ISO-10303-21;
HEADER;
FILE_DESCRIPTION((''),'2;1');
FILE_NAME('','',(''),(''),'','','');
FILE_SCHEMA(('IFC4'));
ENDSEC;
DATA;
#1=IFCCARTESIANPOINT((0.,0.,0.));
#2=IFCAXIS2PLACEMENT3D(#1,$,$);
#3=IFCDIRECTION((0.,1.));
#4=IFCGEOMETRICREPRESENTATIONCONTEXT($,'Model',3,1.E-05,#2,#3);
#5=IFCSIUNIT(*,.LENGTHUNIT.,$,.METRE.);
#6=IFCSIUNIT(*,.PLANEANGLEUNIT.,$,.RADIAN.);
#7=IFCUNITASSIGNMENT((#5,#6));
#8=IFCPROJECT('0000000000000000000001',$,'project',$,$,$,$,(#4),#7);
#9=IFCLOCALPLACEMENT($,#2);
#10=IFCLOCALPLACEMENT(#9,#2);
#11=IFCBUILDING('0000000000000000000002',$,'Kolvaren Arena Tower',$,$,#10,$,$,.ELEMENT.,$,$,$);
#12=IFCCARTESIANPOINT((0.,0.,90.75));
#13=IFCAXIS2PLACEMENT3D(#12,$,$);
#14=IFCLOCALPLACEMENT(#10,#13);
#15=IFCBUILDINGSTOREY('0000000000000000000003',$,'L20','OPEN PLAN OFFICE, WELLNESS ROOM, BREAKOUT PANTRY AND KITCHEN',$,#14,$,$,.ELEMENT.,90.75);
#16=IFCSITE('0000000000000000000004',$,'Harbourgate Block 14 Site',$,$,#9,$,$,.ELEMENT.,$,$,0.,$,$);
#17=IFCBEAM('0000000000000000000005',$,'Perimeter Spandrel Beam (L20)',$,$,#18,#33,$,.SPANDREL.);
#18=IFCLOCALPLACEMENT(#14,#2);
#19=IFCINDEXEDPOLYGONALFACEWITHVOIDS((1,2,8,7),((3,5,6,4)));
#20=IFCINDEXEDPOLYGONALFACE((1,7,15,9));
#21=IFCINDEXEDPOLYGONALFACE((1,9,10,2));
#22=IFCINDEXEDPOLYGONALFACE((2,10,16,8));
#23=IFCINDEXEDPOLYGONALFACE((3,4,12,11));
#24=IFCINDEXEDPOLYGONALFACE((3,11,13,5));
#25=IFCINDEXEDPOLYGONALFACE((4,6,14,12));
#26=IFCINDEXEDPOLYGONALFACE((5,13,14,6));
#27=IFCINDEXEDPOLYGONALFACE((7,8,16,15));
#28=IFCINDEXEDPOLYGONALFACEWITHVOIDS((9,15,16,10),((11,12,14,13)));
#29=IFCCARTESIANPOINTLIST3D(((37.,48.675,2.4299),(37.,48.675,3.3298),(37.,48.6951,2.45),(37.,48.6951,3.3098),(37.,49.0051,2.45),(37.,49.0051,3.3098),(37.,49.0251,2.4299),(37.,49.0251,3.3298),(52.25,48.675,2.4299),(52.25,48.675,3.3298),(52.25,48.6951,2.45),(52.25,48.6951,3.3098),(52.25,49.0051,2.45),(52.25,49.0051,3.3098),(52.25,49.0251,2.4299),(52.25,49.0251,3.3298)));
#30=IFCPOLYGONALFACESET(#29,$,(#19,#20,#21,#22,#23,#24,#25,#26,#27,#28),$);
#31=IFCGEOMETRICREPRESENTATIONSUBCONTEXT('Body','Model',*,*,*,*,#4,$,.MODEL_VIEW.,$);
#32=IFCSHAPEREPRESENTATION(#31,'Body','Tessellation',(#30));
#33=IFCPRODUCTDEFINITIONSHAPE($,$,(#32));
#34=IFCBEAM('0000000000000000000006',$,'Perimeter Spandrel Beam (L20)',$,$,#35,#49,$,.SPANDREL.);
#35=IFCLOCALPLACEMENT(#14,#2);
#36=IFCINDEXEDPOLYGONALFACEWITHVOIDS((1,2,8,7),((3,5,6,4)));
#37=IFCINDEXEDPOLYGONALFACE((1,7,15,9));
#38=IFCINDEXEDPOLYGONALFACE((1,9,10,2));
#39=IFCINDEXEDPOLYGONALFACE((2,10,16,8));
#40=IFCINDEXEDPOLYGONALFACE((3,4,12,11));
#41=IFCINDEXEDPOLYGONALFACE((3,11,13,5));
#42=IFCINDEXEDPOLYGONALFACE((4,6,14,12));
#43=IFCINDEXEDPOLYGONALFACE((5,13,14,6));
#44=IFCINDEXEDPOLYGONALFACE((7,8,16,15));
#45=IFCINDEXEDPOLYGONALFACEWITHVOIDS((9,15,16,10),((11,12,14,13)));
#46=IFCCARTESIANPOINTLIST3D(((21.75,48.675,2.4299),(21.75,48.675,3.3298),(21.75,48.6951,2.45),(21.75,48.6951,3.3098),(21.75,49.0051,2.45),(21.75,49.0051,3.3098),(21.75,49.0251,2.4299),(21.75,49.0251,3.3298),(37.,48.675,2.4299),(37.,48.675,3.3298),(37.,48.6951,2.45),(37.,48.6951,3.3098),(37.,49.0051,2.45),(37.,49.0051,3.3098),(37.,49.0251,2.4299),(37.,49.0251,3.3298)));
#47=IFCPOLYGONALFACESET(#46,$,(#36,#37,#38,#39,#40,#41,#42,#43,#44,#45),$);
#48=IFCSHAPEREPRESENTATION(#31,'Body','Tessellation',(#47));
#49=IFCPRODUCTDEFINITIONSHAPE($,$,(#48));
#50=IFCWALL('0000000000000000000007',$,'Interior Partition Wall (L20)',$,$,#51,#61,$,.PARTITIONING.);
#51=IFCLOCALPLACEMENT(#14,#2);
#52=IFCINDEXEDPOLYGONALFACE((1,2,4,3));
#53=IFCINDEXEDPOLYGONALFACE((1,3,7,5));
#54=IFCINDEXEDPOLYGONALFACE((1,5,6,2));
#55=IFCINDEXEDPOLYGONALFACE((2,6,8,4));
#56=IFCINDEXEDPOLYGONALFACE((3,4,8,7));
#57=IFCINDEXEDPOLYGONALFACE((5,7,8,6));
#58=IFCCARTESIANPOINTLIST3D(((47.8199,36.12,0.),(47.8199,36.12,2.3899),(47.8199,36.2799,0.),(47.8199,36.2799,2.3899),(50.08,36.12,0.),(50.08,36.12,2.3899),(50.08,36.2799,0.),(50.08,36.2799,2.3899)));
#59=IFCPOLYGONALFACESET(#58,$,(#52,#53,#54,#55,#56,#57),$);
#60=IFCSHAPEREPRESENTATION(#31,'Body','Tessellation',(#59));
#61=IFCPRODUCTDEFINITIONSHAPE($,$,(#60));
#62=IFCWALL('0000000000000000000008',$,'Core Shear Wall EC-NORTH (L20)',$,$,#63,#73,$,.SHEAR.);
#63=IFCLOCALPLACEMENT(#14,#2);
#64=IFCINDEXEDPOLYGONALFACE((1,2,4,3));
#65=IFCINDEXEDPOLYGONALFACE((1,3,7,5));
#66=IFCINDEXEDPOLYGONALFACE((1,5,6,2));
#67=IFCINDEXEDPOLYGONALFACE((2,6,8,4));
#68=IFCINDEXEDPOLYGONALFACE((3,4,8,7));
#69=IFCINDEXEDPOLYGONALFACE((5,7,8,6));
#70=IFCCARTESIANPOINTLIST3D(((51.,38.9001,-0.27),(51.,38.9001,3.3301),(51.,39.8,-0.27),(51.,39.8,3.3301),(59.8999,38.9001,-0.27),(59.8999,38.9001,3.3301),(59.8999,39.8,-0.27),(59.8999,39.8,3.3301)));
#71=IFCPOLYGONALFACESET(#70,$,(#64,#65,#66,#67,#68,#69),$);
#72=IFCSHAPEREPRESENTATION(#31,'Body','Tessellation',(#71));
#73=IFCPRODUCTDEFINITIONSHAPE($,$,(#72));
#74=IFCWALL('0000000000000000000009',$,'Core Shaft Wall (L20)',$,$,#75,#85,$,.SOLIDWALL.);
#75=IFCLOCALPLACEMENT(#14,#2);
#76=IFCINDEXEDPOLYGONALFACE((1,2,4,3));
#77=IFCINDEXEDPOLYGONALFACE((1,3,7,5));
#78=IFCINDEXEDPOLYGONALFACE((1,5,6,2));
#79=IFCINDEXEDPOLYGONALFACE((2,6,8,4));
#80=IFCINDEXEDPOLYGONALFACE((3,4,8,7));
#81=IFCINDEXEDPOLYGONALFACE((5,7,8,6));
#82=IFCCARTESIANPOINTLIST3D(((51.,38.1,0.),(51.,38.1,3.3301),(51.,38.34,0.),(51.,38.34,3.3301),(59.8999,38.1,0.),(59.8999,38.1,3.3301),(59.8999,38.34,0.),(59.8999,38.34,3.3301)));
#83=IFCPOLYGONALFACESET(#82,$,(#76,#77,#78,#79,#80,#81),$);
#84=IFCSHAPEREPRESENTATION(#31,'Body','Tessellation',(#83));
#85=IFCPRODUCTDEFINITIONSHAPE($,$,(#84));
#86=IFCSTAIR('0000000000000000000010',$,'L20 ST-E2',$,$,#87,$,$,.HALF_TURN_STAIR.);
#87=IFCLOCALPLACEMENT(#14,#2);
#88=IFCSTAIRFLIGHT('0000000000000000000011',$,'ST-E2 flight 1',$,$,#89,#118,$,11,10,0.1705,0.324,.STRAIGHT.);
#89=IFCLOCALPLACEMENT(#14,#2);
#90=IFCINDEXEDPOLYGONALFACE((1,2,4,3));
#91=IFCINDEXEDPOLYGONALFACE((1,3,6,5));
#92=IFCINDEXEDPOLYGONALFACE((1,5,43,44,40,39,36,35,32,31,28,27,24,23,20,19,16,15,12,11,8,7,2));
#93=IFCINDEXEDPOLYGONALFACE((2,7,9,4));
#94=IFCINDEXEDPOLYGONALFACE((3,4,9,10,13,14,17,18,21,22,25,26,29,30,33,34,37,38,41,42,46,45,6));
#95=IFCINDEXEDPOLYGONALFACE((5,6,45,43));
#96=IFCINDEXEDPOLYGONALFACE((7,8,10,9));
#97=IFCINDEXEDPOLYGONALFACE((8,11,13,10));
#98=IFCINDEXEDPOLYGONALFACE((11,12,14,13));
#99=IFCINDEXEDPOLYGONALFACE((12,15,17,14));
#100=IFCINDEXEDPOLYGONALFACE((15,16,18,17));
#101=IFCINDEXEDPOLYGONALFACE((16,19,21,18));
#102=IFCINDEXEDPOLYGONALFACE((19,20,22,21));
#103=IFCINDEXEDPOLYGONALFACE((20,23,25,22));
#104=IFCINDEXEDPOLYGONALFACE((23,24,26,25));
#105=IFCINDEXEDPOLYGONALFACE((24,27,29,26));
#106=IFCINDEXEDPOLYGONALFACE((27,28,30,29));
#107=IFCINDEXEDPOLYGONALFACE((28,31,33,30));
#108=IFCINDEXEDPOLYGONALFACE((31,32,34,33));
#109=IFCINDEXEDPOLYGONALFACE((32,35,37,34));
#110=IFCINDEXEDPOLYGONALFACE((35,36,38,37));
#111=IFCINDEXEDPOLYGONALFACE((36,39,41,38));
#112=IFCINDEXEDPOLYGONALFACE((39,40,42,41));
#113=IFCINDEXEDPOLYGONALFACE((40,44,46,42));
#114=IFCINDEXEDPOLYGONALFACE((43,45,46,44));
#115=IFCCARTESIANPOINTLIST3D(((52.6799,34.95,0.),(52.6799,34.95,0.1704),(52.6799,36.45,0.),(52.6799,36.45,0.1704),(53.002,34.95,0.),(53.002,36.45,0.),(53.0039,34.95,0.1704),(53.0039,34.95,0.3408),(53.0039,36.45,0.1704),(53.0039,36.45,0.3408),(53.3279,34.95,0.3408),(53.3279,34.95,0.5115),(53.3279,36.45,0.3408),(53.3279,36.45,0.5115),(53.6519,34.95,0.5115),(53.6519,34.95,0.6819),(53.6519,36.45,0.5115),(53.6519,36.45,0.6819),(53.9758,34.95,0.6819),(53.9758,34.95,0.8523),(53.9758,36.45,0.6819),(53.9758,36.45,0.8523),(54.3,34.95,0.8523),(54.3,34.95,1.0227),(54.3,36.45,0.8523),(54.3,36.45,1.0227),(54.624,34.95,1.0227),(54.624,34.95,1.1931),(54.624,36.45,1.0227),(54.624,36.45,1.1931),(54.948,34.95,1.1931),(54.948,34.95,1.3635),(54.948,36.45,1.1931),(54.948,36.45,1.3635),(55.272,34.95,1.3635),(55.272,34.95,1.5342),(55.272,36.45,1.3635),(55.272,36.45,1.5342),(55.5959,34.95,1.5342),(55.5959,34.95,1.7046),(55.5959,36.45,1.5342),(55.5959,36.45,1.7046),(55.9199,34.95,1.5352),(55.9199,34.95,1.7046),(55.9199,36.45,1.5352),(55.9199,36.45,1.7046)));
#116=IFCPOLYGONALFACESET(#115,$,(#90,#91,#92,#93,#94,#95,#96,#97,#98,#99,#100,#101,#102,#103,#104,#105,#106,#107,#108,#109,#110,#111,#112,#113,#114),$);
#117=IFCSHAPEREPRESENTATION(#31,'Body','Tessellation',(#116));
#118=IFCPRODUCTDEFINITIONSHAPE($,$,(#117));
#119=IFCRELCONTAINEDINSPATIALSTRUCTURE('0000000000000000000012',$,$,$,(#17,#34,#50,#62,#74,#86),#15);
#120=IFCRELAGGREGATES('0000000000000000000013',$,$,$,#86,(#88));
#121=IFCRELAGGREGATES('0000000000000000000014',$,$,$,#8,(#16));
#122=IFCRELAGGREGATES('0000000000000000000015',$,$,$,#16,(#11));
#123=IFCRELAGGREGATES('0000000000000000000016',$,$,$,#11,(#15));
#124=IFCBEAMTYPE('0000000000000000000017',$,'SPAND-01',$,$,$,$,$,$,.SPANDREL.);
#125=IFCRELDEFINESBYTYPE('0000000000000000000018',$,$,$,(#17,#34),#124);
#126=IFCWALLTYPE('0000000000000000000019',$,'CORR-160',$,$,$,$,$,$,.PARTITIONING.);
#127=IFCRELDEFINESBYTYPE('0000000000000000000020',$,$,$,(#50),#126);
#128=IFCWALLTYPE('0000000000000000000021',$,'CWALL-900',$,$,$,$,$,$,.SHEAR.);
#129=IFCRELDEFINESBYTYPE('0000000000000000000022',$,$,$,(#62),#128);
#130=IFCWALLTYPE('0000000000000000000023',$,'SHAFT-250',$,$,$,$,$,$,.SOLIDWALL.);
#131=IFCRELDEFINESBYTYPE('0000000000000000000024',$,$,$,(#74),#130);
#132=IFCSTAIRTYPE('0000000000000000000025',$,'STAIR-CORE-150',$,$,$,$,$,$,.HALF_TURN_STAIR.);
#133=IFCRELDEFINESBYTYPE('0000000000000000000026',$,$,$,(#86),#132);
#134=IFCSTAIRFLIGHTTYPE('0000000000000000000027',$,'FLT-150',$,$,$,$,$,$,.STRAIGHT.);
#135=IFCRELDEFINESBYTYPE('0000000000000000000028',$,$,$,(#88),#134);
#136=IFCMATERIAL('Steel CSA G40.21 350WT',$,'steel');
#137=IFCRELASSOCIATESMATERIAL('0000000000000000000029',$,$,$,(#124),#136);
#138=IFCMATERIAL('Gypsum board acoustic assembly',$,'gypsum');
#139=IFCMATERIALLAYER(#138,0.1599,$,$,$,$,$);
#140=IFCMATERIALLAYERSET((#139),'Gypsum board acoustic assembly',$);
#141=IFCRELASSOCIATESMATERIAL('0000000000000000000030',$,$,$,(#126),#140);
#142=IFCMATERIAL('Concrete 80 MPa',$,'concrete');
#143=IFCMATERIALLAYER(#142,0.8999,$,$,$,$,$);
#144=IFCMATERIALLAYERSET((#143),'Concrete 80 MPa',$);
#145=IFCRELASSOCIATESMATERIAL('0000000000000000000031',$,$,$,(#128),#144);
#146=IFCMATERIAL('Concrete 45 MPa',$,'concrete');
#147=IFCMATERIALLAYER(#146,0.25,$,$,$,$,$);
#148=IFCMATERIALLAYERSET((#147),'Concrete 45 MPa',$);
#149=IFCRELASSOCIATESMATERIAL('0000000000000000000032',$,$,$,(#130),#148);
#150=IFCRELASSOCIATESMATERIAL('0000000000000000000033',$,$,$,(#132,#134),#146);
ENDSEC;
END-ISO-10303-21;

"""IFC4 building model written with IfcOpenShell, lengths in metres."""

from ifc_helpers import new_model, si_unit, direction, frame, frame_2d, origin, origin_2d, place, context, subcontext, project, spatial, polyline, rectangle, hollow_rectangle, outline, extrude, material, layer, layer_set, material_profile, profile_set, type_object, element, aggregate, save


model = new_model("IFC4")

# Units and contexts
model_context = context("Model", 3, precision=1e-05, world=origin(), true_north=direction((0.0, 1.0)))
body_context = subcontext(model_context, "Body", "Model", "MODEL_VIEW")
ifc_project = project(units=[si_unit("LENGTHUNIT", "METRE"), si_unit("PLANEANGLEUNIT", "RADIAN")], contexts=[model_context])

# Site, building, storey
site_placement = place(None, origin())
site = spatial("IfcSite", under=ifc_project, at=site_placement, Name="Harbourgate Block 14 Site", CompositionType="ELEMENT", RefElevation=0.0)
building_placement = place(site_placement, origin())
building = spatial("IfcBuilding", under=site, at=building_placement, Name="Kolvaren Arena Tower", CompositionType="ELEMENT")
storey_placement = place(building_placement, frame((0.0, 0.0, 90.75)))
storey = spatial("IfcBuildingStorey", under=building, at=storey_placement, Name="L20", Description="OPEN PLAN OFFICE, WELLNESS ROOM, BREAKOUT PANTRY AND KITCHEN", CompositionType="ELEMENT", Elevation=90.75)

# Beams
ifc_material_1 = material(Name="Steel CSA G40.21 350WT", Category="steel")
ifc_material_profile_1 = material_profile(ifc_material_1, hollow_rectangle(XDim=0.3501, YDim=0.8999, WallThickness=0.02, at=origin_2d()), Name="HSS 900x350x20")
ifc_profile_set_1 = profile_set([ifc_material_profile_1], Name="Steel CSA G40.21 350WT")
beam_type_1 = type_object("IfcBeamType", Name="SPAND-01", PredefinedType="SPANDREL", material=ifc_profile_set_1)
for number, where, z_axis, x_axis, name in (
    (1, (52.25, 48.8501, 2.8799), (-1.0, 0.0, 0.0), (0.0, -1.0, 0.0), "Perimeter Spandrel Beam (L20)"),
    (2, (37.0, 48.8501, 2.8799), (-1.0, 0.0, 0.0), (0.0, -1.0, 0.0), "Perimeter Spandrel Beam (L20)"),
):
    element("IfcBeam", number, at=place(storey_placement, frame(where, z_axis=z_axis, x_axis=x_axis)), inside=storey, type_object=beam_type_1, Name=name, PredefinedType="SPANDREL", context=body_context, shape_type="SweptSolid", body=[
        extrude(hollow_rectangle(XDim=0.3501, YDim=0.8999, WallThickness=0.02, at=origin_2d()), origin(), (0.0, 0.0, 1.0), 15.25),
    ])

# Walls
ifc_material_2 = material(Name="Gypsum board acoustic assembly", Category="gypsum")
ifc_layer_1 = layer(ifc_material_2, 0.1599)
ifc_layer_set_1 = layer_set([ifc_layer_1], Name="Gypsum board acoustic assembly")
wall_type_1 = type_object("IfcWallType", Name="CORR-160", PredefinedType="PARTITIONING", material=ifc_layer_set_1)
wall_1_placement = place(storey_placement, frame((47.8201, 36.2, 0.0), z_axis=(0.0, 0.0, 1.0), x_axis=(1.0, 0.0, 0.0)))
element("IfcWall", 3, at=wall_1_placement, inside=storey, type_object=wall_type_1, Name="Interior Partition Wall (L20)", PredefinedType="PARTITIONING", context=body_context, shape_type="SweptSolid", body=[
    extrude(rectangle(XDim=2.26, YDim=0.1599, at=frame_2d((1.1299, 0.0))), origin(), (0.0, 0.0, 1.0), 2.3899),
])
ifc_material_3 = material(Name="Concrete 80 MPa", Category="concrete")
ifc_layer_2 = layer(ifc_material_3, 0.8999)
ifc_layer_set_2 = layer_set([ifc_layer_2], Name="Concrete 80 MPa")
wall_type_2 = type_object("IfcWallType", Name="CWALL-900", PredefinedType="SHEAR", material=ifc_layer_set_2)
wall_2_placement = place(storey_placement, frame((51.0, 39.3501, -0.27), z_axis=(0.0, 0.0, 1.0), x_axis=(1.0, 0.0, 0.0)))
element("IfcWall", 4, at=wall_2_placement, inside=storey, type_object=wall_type_2, Name="Core Shear Wall EC-NORTH (L20)", PredefinedType="SHEAR", context=body_context, shape_type="SweptSolid", body=[
    extrude(rectangle(XDim=8.8999, YDim=0.8999, at=frame_2d((4.45, 0.0))), origin(), (0.0, 0.0, 1.0), 3.6001),
])
ifc_material_4 = material(Name="Concrete 45 MPa", Category="concrete")
ifc_layer_3 = layer(ifc_material_4, 0.25)
ifc_layer_set_3 = layer_set([ifc_layer_3], Name="Concrete 45 MPa")
wall_type_3 = type_object("IfcWallType", Name="SHAFT-250", PredefinedType="SOLIDWALL", material=ifc_layer_set_3)
wall_3_placement = place(storey_placement, frame((51.0, 38.22, 0.0), z_axis=(0.0, 0.0, 1.0), x_axis=(1.0, 0.0, 0.0)))
element("IfcWall", 5, at=wall_3_placement, inside=storey, type_object=wall_type_3, Name="Core Shaft Wall (L20)", PredefinedType="SOLIDWALL", context=body_context, shape_type="SweptSolid", body=[
    extrude(rectangle(XDim=8.8999, YDim=0.24, at=frame_2d((4.45, 0.0))), origin(), (0.0, 0.0, 1.0), 3.3301),
])

# Stair, stair flight
stair_type = type_object("IfcStairType", Name="STAIR-CORE-150", PredefinedType="HALF_TURN_STAIR", material=ifc_material_4)
stair_placement = place(storey_placement, origin())
stair = element("IfcStair", 6, at=stair_placement, inside=storey, type_object=stair_type, Name="L20 ST-E2", PredefinedType="HALF_TURN_STAIR")
stair_flight_type = type_object("IfcStairFlightType", Name="FLT-150", PredefinedType="STRAIGHT", material=ifc_material_4)
stair_flight_placement = place(storey_placement, frame((52.6799, 35.7, 0.0), z_axis=(0.0, 0.0, 1.0), x_axis=(1.0, 0.0, 0.0)))
stair_flight = element("IfcStairFlight", 7, at=stair_flight_placement, type_object=stair_flight_type, Name="ST-E2 flight 1", NumberOfRisers=11, NumberOfTreads=10, PredefinedType="STRAIGHT", RiserHeight=0.1705, TreadLength=0.324, context=body_context, shape_type="SweptSolid", body=[
    extrude(outline(polyline([(0.0, 0.0), (0.0, 0.1704), (0.324, 0.1704), (0.324, 0.3408), (0.6479, 0.3408), (0.6479, 0.5115), (0.9719, 0.5115), (0.9719, 0.6819), (1.2959, 0.6819), (1.2959, 0.8523), (1.6201, 0.8523), (1.6201, 1.0227), (1.9441, 1.0227), (1.9441, 1.1931), (2.2681, 1.1931), (2.2681, 1.3635), (2.592, 1.3635), (2.592, 1.5342), (2.916, 1.5342), (2.916, 1.7046), (3.24, 1.7046), (3.24, 1.875), (3.24, 1.5352), (0.322, 0.0), (0.0, 0.0)])), frame((0.0, 0.75, 0.0), z_axis=(0.0, -1.0, 0.0), x_axis=(1.0, 0.0, 0.0)), (0.0, 0.0, 1.0), 1.5),
])
aggregate(stair, [stair_flight])

save(model, "model.ifc")
